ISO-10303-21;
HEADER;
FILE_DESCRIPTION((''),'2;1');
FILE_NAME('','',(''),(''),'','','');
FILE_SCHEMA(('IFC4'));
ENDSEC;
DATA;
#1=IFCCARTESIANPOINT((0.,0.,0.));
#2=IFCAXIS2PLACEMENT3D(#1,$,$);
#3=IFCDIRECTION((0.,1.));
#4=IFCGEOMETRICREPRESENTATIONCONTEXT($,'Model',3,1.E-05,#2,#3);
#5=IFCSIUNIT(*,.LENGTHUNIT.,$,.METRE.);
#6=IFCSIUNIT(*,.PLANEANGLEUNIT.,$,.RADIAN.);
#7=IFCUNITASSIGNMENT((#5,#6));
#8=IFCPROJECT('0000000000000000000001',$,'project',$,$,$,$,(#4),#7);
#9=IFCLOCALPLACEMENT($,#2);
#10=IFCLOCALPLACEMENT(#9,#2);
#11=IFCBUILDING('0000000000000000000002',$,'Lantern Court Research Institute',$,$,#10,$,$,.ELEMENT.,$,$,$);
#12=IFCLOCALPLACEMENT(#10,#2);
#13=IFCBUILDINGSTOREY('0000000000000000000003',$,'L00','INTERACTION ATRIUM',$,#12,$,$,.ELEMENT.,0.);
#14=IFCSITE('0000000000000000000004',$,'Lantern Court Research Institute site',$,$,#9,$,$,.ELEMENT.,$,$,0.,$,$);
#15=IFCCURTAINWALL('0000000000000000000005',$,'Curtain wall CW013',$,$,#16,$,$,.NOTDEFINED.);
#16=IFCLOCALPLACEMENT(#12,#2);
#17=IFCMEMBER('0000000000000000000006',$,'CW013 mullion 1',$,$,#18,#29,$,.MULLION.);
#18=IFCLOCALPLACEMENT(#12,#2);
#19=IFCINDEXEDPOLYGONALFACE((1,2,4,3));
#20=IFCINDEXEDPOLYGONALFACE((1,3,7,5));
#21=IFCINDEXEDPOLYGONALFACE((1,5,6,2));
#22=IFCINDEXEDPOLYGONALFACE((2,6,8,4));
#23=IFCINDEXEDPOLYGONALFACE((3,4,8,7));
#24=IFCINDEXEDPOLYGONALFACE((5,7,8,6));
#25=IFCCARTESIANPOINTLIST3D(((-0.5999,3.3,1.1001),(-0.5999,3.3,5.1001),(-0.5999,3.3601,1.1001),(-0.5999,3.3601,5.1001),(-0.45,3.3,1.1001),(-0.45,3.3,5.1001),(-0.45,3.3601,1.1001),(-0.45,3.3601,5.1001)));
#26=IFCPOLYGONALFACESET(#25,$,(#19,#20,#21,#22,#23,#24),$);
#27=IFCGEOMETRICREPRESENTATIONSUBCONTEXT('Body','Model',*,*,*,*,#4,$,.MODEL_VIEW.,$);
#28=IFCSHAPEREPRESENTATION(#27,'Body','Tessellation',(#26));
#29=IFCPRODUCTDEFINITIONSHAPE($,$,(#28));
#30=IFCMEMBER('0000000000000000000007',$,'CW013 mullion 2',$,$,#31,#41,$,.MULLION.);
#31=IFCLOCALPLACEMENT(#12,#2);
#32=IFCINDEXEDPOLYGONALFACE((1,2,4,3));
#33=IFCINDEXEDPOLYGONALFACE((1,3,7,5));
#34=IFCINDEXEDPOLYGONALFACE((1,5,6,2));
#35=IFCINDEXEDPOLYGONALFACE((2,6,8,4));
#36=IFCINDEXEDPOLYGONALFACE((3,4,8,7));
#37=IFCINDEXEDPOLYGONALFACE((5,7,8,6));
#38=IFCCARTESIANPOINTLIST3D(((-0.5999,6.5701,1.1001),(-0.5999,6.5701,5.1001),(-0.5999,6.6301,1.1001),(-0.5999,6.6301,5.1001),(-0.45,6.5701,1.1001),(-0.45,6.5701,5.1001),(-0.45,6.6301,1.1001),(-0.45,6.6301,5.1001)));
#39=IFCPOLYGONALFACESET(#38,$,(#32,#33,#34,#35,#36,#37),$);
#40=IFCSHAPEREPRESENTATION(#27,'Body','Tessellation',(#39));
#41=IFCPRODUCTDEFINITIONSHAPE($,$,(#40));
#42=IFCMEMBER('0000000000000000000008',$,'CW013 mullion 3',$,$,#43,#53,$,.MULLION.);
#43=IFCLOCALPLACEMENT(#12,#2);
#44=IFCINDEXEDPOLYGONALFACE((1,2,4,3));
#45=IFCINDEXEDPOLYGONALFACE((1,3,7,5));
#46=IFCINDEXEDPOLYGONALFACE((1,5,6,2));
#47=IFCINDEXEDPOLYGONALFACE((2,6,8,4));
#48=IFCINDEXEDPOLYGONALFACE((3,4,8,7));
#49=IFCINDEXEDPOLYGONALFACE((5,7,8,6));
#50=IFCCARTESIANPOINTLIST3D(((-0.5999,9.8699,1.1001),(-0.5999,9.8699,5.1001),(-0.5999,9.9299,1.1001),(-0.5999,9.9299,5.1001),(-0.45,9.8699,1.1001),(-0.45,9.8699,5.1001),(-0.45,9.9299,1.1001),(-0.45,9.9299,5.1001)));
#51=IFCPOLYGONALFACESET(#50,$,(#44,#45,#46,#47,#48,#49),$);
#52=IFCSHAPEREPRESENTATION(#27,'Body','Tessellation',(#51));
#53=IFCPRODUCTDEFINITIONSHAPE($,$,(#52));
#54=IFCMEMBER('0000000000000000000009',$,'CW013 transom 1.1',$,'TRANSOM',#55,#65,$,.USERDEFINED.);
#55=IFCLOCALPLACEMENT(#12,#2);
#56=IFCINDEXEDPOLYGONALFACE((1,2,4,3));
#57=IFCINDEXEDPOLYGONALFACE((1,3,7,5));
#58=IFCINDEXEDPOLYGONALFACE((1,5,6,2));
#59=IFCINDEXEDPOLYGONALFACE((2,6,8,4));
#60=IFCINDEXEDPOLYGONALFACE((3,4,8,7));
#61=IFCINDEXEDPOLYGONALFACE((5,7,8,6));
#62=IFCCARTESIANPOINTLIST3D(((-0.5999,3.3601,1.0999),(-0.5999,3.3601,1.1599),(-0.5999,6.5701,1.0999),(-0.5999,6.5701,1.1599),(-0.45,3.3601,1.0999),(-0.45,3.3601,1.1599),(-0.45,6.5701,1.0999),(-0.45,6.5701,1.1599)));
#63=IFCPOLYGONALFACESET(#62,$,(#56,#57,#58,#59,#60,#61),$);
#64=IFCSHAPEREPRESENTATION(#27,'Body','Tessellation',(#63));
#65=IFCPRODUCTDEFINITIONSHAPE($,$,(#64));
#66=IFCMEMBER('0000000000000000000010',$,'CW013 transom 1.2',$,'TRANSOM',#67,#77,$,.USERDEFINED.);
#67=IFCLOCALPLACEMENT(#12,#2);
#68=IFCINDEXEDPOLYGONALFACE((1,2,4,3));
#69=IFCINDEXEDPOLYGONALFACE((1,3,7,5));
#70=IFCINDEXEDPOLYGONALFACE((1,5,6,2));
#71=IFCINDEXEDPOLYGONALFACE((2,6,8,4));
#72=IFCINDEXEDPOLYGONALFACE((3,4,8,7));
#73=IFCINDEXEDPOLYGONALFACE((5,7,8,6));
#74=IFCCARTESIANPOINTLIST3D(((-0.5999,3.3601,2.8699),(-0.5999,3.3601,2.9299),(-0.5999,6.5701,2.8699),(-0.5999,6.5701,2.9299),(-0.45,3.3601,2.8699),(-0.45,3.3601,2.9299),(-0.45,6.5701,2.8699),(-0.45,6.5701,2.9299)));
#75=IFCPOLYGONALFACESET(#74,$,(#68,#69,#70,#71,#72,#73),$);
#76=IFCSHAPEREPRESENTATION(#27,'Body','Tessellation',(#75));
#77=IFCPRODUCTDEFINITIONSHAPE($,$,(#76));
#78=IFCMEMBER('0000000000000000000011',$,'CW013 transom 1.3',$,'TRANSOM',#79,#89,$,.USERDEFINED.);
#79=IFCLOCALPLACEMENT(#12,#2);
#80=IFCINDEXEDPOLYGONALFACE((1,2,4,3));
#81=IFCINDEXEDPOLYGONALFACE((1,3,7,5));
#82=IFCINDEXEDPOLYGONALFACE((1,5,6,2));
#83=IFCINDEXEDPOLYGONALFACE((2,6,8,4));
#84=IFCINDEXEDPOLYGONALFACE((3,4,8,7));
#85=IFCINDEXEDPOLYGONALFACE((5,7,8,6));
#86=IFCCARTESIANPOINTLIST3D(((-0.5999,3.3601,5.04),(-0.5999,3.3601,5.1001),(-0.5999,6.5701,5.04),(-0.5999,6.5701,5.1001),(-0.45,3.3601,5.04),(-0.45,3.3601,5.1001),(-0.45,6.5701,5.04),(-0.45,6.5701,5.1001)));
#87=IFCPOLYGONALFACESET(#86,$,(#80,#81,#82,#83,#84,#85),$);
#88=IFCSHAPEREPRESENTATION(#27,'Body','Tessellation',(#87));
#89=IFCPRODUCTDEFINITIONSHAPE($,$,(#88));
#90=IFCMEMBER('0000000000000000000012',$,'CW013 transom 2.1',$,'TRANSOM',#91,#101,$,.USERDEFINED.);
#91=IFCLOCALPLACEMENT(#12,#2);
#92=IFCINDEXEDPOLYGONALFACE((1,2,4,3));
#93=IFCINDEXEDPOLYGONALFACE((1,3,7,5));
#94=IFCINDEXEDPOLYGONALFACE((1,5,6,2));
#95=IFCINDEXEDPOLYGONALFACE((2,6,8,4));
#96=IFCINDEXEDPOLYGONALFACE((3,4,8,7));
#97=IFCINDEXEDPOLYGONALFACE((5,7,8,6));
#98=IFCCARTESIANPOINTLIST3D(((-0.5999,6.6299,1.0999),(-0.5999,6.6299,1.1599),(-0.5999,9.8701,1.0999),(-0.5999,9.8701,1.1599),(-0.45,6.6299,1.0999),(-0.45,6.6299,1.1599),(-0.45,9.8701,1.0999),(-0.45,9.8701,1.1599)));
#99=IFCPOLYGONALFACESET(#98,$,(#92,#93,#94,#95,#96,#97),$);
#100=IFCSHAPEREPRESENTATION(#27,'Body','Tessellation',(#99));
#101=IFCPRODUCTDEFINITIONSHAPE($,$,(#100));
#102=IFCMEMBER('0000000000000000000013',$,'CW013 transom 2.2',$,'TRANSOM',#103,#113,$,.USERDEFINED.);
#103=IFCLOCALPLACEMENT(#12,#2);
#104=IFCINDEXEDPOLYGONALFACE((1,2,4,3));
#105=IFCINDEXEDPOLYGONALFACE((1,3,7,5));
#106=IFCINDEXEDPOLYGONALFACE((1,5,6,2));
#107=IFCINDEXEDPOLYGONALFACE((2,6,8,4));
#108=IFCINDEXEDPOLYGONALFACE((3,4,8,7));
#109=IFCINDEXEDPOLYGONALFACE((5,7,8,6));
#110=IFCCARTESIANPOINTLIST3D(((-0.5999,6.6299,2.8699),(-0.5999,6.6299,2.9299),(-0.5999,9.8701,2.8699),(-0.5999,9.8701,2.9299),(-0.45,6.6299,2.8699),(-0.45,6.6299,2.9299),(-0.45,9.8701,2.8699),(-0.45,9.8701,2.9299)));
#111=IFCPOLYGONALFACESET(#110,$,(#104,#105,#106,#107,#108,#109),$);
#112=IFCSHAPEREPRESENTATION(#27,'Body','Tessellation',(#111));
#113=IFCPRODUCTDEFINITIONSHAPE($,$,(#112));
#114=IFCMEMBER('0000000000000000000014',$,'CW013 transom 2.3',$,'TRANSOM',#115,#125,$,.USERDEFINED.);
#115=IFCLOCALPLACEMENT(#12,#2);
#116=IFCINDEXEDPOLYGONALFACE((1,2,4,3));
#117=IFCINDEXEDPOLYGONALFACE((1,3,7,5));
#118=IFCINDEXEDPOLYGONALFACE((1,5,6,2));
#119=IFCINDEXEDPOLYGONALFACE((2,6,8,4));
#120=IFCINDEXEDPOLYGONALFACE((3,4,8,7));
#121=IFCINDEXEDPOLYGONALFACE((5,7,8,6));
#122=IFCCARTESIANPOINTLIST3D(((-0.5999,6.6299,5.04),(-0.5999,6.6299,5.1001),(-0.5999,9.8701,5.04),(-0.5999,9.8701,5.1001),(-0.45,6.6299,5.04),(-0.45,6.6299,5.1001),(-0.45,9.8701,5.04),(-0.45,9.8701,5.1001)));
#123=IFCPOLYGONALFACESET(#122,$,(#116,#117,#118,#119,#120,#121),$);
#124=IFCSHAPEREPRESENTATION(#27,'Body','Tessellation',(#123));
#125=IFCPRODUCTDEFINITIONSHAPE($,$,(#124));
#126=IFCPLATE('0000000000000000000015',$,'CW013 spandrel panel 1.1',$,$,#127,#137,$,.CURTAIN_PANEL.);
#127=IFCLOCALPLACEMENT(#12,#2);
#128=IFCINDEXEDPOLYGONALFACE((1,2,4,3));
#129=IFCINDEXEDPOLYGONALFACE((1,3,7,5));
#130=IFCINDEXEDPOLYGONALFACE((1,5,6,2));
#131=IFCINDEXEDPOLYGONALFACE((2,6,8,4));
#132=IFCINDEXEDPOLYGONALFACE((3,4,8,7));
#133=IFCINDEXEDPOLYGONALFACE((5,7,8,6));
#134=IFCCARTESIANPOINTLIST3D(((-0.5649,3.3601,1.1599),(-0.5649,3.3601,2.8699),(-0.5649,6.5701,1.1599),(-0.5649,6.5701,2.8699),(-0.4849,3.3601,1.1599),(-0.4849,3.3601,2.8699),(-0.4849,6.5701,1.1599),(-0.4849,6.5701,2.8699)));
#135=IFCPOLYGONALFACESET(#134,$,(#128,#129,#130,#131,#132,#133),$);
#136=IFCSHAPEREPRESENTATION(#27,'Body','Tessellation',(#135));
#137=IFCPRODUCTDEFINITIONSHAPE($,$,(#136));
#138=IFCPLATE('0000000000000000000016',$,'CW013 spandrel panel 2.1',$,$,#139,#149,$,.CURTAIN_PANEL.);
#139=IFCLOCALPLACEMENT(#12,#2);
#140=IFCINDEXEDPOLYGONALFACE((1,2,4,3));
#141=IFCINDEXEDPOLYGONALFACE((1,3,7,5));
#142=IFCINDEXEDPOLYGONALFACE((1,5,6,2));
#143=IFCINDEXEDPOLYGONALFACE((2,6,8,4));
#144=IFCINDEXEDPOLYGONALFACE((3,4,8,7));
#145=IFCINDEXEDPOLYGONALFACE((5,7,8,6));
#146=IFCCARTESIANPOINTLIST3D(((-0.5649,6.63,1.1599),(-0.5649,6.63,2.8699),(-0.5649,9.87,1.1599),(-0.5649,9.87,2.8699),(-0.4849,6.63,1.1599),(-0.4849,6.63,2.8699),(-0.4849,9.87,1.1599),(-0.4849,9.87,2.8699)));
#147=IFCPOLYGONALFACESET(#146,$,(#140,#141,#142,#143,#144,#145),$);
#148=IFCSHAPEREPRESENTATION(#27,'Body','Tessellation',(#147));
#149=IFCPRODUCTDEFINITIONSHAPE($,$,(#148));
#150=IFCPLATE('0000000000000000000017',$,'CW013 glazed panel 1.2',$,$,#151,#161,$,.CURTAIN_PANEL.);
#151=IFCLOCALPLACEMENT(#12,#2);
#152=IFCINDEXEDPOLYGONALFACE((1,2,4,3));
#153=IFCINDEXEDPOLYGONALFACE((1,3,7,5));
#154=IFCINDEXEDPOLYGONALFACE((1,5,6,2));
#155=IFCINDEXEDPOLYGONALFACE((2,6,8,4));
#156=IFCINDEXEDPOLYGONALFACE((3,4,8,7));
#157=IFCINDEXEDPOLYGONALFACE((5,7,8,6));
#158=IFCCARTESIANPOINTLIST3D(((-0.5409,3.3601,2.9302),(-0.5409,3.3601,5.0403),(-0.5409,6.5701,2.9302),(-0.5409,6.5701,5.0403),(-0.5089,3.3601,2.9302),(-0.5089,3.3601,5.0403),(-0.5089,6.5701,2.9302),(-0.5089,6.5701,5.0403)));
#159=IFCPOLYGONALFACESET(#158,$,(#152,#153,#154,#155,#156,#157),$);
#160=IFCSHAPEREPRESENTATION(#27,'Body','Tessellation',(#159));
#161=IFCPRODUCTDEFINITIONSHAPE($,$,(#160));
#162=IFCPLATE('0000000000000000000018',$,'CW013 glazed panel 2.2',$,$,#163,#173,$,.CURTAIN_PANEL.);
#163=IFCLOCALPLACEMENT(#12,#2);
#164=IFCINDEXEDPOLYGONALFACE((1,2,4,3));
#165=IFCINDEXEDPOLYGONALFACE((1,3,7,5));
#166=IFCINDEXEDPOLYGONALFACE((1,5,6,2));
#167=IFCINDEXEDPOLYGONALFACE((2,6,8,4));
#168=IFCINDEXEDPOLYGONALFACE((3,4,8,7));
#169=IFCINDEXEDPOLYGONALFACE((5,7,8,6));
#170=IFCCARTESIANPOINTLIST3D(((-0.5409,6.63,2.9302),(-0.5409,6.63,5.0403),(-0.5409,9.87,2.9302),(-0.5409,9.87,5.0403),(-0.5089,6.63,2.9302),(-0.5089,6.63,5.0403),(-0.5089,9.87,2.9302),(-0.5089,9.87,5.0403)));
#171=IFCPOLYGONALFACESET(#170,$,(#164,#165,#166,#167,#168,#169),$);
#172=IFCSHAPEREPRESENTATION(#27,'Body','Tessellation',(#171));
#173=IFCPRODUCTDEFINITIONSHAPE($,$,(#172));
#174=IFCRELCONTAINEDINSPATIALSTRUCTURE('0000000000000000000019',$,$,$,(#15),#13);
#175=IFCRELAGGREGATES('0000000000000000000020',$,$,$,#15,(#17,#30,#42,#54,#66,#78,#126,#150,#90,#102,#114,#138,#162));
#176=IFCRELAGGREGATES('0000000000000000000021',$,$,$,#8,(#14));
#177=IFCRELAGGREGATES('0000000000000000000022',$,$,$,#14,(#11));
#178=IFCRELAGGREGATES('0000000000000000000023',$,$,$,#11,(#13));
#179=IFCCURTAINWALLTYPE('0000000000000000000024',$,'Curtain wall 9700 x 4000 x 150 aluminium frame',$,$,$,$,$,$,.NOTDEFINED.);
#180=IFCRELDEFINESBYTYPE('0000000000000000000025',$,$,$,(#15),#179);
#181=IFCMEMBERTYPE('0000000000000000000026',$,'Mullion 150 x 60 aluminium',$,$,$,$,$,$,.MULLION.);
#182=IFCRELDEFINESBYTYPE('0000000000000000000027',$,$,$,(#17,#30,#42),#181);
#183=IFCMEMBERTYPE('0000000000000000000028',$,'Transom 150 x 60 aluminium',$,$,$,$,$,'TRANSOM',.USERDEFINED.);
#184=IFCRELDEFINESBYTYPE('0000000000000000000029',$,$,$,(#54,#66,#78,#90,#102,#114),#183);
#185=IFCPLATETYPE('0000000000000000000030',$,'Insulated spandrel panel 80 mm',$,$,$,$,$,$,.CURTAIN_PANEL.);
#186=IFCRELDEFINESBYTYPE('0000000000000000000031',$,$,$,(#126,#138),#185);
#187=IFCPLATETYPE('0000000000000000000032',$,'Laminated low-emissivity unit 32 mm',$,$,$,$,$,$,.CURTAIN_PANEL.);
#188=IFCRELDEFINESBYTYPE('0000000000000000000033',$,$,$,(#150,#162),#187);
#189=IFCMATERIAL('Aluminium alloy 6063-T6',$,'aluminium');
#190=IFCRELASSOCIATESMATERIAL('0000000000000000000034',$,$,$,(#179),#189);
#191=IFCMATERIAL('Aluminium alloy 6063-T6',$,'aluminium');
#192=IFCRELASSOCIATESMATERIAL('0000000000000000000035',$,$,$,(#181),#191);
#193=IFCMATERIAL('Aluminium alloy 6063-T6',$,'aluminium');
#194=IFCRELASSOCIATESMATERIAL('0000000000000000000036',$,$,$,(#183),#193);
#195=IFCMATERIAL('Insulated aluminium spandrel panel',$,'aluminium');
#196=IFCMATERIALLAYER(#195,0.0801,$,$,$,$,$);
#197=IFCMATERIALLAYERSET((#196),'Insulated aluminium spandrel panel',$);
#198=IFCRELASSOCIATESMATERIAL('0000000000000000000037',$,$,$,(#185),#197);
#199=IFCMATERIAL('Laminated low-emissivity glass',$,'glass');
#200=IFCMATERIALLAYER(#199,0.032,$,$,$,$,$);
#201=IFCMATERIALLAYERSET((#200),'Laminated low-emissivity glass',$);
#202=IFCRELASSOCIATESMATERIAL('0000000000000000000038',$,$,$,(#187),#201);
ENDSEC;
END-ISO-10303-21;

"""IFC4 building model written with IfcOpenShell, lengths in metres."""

from ifc_helpers import new_model, si_unit, direction, frame, origin, origin_2d, place, context, subcontext, project, spatial, rectangle, extrude, material, layer, layer_set, material_profile, profile_set, type_object, element, aggregate, save


model = new_model("IFC4")

# Units and contexts
model_context = context("Model", 3, precision=1e-05, world=origin(), true_north=direction((0.0, 1.0)))
body_context = subcontext(model_context, "Body", "Model", "MODEL_VIEW")
ifc_project = project(units=[si_unit("LENGTHUNIT", "METRE"), si_unit("PLANEANGLEUNIT", "RADIAN")], contexts=[model_context])

# Site, building, storey
site_placement = place(None, origin())
site = spatial("IfcSite", under=ifc_project, at=site_placement, Name="Lantern Court Research Institute site", CompositionType="ELEMENT", RefElevation=0.0)
building_placement = place(site_placement, origin())
building = spatial("IfcBuilding", under=site, at=building_placement, Name="Lantern Court Research Institute", CompositionType="ELEMENT")
storey_placement = place(building_placement, origin())
storey = spatial("IfcBuildingStorey", under=building, at=storey_placement, Name="L00", Description="INTERACTION ATRIUM", CompositionType="ELEMENT", Elevation=0.0)

# Curtain wall, members, plates
ifc_material_1 = material(Name="Aluminium alloy 6063-T6", Category="aluminium")
curtain_wall_type = type_object("IfcCurtainWallType", Name="Curtain wall 9700 x 4000 x 150 aluminium frame", PredefinedType="NOTDEFINED", material=ifc_material_1)
curtain_wall_placement = place(storey_placement, origin())
curtain_wall = element("IfcCurtainWall", 1, at=curtain_wall_placement, inside=storey, type_object=curtain_wall_type, Name="Curtain wall CW013", PredefinedType="NOTDEFINED")
ifc_material_2 = material(Name="Aluminium alloy 6063-T6", Category="aluminium")
ifc_material_profile_1 = material_profile(ifc_material_2, rectangle(XDim=0.1499, YDim=0.0601, at=origin_2d()), Name="Mullion 150 x 60")
ifc_profile_set_1 = profile_set([ifc_material_profile_1], Name="Aluminium alloy 6063-T6")
member_type_1 = type_object("IfcMemberType", Name="Mullion 150 x 60 aluminium", PredefinedType="MULLION", material=ifc_profile_set_1)
member_1_placement = place(storey_placement, frame((-0.5249, 3.3301, 1.1001), z_axis=(0.0, 0.0, 1.0), x_axis=(-1.0, 0.0, 0.0)))
member_1 = element("IfcMember", 2, at=member_1_placement, type_object=member_type_1, Name="CW013 mullion 1", PredefinedType="MULLION", context=body_context, shape_type="SweptSolid", body=[
    extrude(rectangle(XDim=0.1499, YDim=0.0601, at=origin_2d()), origin(), (0.0, 0.0, 1.0), 4.0),
])
member_2_placement = place(storey_placement, frame((-0.5249, 6.6001, 1.1001), z_axis=(0.0, 0.0, 1.0), x_axis=(-1.0, 0.0, 0.0)))
member_2 = element("IfcMember", 3, at=member_2_placement, type_object=member_type_1, Name="CW013 mullion 2", PredefinedType="MULLION", context=body_context, shape_type="SweptSolid", body=[
    extrude(rectangle(XDim=0.1499, YDim=0.0601, at=origin_2d()), origin(), (0.0, 0.0, 1.0), 4.0),
])
member_3_placement = place(storey_placement, frame((-0.5249, 9.8999, 1.1001), z_axis=(0.0, 0.0, 1.0), x_axis=(-1.0, 0.0, 0.0)))
member_3 = element("IfcMember", 4, at=member_3_placement, type_object=member_type_1, Name="CW013 mullion 3", PredefinedType="MULLION", context=body_context, shape_type="SweptSolid", body=[
    extrude(rectangle(XDim=0.1499, YDim=0.0601, at=origin_2d()), origin(), (0.0, 0.0, 1.0), 4.0),
])
ifc_material_3 = material(Name="Aluminium alloy 6063-T6", Category="aluminium")
ifc_material_profile_2 = material_profile(ifc_material_3, rectangle(XDim=0.1499, YDim=0.0601, at=origin_2d()), Name="Transom 150 x 60")
ifc_profile_set_2 = profile_set([ifc_material_profile_2], Name="Aluminium alloy 6063-T6")
member_type_2 = type_object("IfcMemberType", Name="Transom 150 x 60 aluminium", ElementType="TRANSOM", PredefinedType="USERDEFINED", material=ifc_profile_set_2)
member_4_placement = place(storey_placement, frame((-0.5249, 3.3601, 1.1299), z_axis=(0.0, 1.0, 0.0), x_axis=(-1.0, 0.0, 0.0)))
member_4 = element("IfcMember", 5, at=member_4_placement, type_object=member_type_2, Name="CW013 transom 1.1", ObjectType="TRANSOM", PredefinedType="USERDEFINED", context=body_context, shape_type="SweptSolid", body=[
    extrude(rectangle(XDim=0.1499, YDim=0.0601, at=origin_2d()), origin(), (0.0, 0.0, 1.0), 3.21),
])
member_5_placement = place(storey_placement, frame((-0.5249, 3.3601, 2.8999), z_axis=(0.0, 1.0, 0.0), x_axis=(-1.0, 0.0, 0.0)))
member_5 = element("IfcMember", 6, at=member_5_placement, type_object=member_type_2, Name="CW013 transom 1.2", ObjectType="TRANSOM", PredefinedType="USERDEFINED", context=body_context, shape_type="SweptSolid", body=[
    extrude(rectangle(XDim=0.1499, YDim=0.0601, at=origin_2d()), origin(), (0.0, 0.0, 1.0), 3.21),
])
member_6_placement = place(storey_placement, frame((-0.5249, 3.3601, 5.0701), z_axis=(0.0, 1.0, 0.0), x_axis=(-1.0, 0.0, 0.0)))
member_6 = element("IfcMember", 7, at=member_6_placement, type_object=member_type_2, Name="CW013 transom 1.3", ObjectType="TRANSOM", PredefinedType="USERDEFINED", context=body_context, shape_type="SweptSolid", body=[
    extrude(rectangle(XDim=0.1499, YDim=0.0601, at=origin_2d()), origin(), (0.0, 0.0, 1.0), 3.21),
])
member_7_placement = place(storey_placement, frame((-0.5249, 6.6299, 1.1299), z_axis=(0.0, 1.0, 0.0), x_axis=(-1.0, 0.0, 0.0)))
member_7 = element("IfcMember", 8, at=member_7_placement, type_object=member_type_2, Name="CW013 transom 2.1", ObjectType="TRANSOM", PredefinedType="USERDEFINED", context=body_context, shape_type="SweptSolid", body=[
    extrude(rectangle(XDim=0.1499, YDim=0.0601, at=origin_2d()), origin(), (0.0, 0.0, 1.0), 3.2402),
])
member_8_placement = place(storey_placement, frame((-0.5249, 6.6299, 2.8999), z_axis=(0.0, 1.0, 0.0), x_axis=(-1.0, 0.0, 0.0)))
member_8 = element("IfcMember", 9, at=member_8_placement, type_object=member_type_2, Name="CW013 transom 2.2", ObjectType="TRANSOM", PredefinedType="USERDEFINED", context=body_context, shape_type="SweptSolid", body=[
    extrude(rectangle(XDim=0.1499, YDim=0.0601, at=origin_2d()), origin(), (0.0, 0.0, 1.0), 3.2402),
])
member_9_placement = place(storey_placement, frame((-0.5249, 6.6299, 5.0701), z_axis=(0.0, 1.0, 0.0), x_axis=(-1.0, 0.0, 0.0)))
member_9 = element("IfcMember", 10, at=member_9_placement, type_object=member_type_2, Name="CW013 transom 2.3", ObjectType="TRANSOM", PredefinedType="USERDEFINED", context=body_context, shape_type="SweptSolid", body=[
    extrude(rectangle(XDim=0.1499, YDim=0.0601, at=origin_2d()), origin(), (0.0, 0.0, 1.0), 3.2402),
])
ifc_material_4 = material(Name="Insulated aluminium spandrel panel", Category="aluminium")
ifc_layer_1 = layer(ifc_material_4, 0.0801)
ifc_layer_set_1 = layer_set([ifc_layer_1], Name="Insulated aluminium spandrel panel")
plate_type_1 = type_object("IfcPlateType", Name="Insulated spandrel panel 80 mm", PredefinedType="CURTAIN_PANEL", material=ifc_layer_set_1)
plate_1_placement = place(storey_placement, frame((-0.5249, 4.9651, 1.1599), z_axis=(0.0, 0.0, 1.0), x_axis=(0.0, 1.0, 0.0)))
plate_1 = element("IfcPlate", 11, at=plate_1_placement, type_object=plate_type_1, Name="CW013 spandrel panel 1.1", PredefinedType="CURTAIN_PANEL", context=body_context, shape_type="SweptSolid", body=[
    extrude(rectangle(XDim=3.21, YDim=0.0801, at=origin_2d()), origin(), (0.0, 0.0, 1.0), 1.71),
])
plate_2_placement = place(storey_placement, frame((-0.5249, 8.25, 1.1599), z_axis=(0.0, 0.0, 1.0), x_axis=(0.0, 1.0, 0.0)))
plate_2 = element("IfcPlate", 12, at=plate_2_placement, type_object=plate_type_1, Name="CW013 spandrel panel 2.1", PredefinedType="CURTAIN_PANEL", context=body_context, shape_type="SweptSolid", body=[
    extrude(rectangle(XDim=3.24, YDim=0.0801, at=origin_2d()), origin(), (0.0, 0.0, 1.0), 1.71),
])
ifc_material_5 = material(Name="Laminated low-emissivity glass", Category="glass")
ifc_layer_2 = layer(ifc_material_5, 0.032)
ifc_layer_set_2 = layer_set([ifc_layer_2], Name="Laminated low-emissivity glass")
plate_type_2 = type_object("IfcPlateType", Name="Laminated low-emissivity unit 32 mm", PredefinedType="CURTAIN_PANEL", material=ifc_layer_set_2)
plate_3_placement = place(storey_placement, frame((-0.5249, 4.9651, 2.9302), z_axis=(0.0, 0.0, 1.0), x_axis=(0.0, 1.0, 0.0)))
plate_3 = element("IfcPlate", 13, at=plate_3_placement, type_object=plate_type_2, Name="CW013 glazed panel 1.2", PredefinedType="CURTAIN_PANEL", context=body_context, shape_type="SweptSolid", body=[
    extrude(rectangle(XDim=3.21, YDim=0.032, at=origin_2d()), origin(), (0.0, 0.0, 1.0), 2.1101),
])
plate_4_placement = place(storey_placement, frame((-0.5249, 8.25, 2.9302), z_axis=(0.0, 0.0, 1.0), x_axis=(0.0, 1.0, 0.0)))
plate_4 = element("IfcPlate", 14, at=plate_4_placement, type_object=plate_type_2, Name="CW013 glazed panel 2.2", PredefinedType="CURTAIN_PANEL", context=body_context, shape_type="SweptSolid", body=[
    extrude(rectangle(XDim=3.24, YDim=0.032, at=origin_2d()), origin(), (0.0, 0.0, 1.0), 2.1101),
])
aggregate(curtain_wall, [member_1, member_2, member_3, member_4, member_5, member_6, plate_1, plate_3, member_7, member_8, member_9, plate_2, plate_4])

save(model, "model.ifc")
